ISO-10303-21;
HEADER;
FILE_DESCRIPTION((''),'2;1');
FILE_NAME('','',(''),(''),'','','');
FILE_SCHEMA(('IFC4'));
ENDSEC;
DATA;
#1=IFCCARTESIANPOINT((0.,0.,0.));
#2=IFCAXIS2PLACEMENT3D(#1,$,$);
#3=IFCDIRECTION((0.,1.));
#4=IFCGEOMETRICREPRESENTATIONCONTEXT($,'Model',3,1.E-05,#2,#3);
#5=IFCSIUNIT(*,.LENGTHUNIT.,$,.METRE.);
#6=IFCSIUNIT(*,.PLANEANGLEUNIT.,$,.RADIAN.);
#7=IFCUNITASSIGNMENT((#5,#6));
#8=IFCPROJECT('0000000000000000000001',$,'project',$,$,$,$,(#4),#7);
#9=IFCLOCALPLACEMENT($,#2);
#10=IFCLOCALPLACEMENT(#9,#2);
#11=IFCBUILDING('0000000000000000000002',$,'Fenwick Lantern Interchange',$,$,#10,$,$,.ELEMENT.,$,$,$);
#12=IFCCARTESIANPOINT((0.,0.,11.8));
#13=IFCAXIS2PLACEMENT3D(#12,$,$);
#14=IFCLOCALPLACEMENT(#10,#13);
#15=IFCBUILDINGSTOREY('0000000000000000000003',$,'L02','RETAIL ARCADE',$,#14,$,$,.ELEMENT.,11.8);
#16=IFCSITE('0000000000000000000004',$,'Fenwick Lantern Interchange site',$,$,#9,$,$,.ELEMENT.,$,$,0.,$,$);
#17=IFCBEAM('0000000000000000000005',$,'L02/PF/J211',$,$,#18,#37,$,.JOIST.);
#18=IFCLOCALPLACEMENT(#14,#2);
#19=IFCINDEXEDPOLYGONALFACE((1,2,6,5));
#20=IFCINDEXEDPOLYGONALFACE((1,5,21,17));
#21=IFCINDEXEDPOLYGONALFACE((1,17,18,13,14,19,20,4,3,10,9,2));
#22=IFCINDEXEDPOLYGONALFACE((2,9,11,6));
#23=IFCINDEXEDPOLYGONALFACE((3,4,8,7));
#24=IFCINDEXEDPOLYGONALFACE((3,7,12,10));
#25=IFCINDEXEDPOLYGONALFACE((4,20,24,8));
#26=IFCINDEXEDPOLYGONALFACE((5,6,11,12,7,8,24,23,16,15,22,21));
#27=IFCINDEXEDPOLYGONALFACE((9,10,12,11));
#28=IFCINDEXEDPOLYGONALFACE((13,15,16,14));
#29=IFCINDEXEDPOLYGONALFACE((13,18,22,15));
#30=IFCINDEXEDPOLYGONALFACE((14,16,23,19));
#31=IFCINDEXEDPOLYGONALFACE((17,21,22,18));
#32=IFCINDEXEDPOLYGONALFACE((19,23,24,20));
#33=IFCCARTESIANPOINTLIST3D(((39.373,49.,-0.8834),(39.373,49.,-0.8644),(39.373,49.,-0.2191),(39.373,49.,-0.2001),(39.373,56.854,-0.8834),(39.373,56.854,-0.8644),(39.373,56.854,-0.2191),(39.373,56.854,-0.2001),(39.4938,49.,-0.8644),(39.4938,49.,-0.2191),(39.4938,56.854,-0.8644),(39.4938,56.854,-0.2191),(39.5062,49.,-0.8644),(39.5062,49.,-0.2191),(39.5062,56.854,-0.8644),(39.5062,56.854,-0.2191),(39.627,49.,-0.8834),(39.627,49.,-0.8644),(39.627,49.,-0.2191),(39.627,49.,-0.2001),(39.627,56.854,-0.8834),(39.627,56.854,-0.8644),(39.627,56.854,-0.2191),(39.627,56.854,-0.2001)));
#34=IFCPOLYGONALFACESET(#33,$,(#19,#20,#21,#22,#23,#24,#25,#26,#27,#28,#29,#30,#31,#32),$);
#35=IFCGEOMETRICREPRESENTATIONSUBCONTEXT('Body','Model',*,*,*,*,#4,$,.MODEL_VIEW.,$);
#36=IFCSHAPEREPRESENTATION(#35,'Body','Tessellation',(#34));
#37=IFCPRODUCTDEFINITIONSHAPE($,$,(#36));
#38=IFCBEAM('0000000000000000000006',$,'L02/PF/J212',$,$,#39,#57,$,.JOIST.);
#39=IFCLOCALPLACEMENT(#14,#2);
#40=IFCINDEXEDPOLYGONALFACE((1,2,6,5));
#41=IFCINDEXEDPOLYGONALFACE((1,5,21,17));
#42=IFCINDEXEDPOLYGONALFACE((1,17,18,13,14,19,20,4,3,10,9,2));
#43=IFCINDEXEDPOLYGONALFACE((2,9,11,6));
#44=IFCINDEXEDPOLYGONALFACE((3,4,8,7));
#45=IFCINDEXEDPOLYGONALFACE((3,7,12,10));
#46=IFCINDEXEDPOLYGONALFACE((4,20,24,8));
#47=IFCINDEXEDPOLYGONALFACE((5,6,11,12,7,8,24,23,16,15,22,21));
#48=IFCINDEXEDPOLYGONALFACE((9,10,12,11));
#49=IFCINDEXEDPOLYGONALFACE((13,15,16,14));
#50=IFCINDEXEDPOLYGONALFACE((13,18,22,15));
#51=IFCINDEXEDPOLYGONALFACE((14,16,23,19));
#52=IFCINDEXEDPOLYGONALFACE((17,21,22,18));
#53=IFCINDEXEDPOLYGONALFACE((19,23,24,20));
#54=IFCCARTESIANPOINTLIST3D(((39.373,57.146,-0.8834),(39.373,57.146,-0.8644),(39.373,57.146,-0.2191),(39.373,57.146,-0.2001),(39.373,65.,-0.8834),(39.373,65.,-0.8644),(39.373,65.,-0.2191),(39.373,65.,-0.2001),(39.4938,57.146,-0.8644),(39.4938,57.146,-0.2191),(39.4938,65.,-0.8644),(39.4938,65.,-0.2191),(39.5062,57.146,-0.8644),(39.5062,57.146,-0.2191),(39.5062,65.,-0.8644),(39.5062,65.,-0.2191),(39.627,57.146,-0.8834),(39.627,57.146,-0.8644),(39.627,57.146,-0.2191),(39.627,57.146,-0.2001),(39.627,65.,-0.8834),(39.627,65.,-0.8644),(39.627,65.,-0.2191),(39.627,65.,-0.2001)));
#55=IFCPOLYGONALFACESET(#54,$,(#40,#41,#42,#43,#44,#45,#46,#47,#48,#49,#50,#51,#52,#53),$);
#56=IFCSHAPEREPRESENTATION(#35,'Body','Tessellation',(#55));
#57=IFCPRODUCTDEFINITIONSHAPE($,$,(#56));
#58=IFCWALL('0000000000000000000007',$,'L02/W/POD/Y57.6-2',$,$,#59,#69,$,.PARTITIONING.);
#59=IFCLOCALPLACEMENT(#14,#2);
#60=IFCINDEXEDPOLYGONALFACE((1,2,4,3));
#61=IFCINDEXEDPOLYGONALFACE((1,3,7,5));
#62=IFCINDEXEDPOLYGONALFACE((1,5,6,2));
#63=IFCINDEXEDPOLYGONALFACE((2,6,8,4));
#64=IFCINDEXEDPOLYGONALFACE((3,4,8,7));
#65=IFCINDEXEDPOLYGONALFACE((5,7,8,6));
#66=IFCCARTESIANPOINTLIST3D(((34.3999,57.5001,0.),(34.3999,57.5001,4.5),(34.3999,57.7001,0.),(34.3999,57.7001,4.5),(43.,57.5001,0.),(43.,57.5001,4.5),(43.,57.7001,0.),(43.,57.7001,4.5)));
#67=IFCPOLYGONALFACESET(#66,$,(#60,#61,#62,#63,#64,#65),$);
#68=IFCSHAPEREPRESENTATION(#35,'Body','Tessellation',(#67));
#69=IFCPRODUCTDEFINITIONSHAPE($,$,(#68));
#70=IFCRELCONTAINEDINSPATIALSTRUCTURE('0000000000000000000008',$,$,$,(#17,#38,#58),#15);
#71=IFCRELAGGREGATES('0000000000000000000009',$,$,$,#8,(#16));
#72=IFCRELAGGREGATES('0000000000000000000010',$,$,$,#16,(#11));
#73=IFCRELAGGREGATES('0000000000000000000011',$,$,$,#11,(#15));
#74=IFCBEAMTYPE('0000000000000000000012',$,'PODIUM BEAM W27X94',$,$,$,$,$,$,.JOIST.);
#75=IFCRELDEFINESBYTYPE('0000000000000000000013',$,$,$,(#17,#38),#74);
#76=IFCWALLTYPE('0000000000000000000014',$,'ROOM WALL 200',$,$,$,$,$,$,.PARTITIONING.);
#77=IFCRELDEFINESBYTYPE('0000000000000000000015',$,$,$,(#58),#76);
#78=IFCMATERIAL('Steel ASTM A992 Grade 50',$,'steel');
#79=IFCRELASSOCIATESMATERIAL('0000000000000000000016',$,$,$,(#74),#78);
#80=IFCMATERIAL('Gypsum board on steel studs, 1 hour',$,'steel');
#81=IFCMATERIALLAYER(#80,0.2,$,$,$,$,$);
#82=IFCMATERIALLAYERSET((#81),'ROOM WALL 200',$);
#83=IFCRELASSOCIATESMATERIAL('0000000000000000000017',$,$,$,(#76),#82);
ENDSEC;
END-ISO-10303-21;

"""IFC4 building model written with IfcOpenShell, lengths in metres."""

from ifc_helpers import new_model, si_unit, direction, frame, frame_2d, origin, origin_2d, place, context, subcontext, project, spatial, rectangle, i_section, extrude, material, layer, layer_set, material_profile, profile_set, type_object, element, save


model = new_model("IFC4")

# Units and contexts
model_context = context("Model", 3, precision=1e-05, world=origin(), true_north=direction((0.0, 1.0)))
body_context = subcontext(model_context, "Body", "Model", "MODEL_VIEW")
ifc_project = project(units=[si_unit("LENGTHUNIT", "METRE"), si_unit("PLANEANGLEUNIT", "RADIAN")], contexts=[model_context])

# Site, building, storey
site_placement = place(None, origin())
site = spatial("IfcSite", under=ifc_project, at=site_placement, Name="Fenwick Lantern Interchange site", CompositionType="ELEMENT", RefElevation=0.0)
building_placement = place(site_placement, origin())
building = spatial("IfcBuilding", under=site, at=building_placement, Name="Fenwick Lantern Interchange", CompositionType="ELEMENT")
storey_placement = place(building_placement, frame((0.0, 0.0, 11.8)))
storey = spatial("IfcBuildingStorey", under=building, at=storey_placement, Name="L02", Description="RETAIL ARCADE", CompositionType="ELEMENT", Elevation=11.8)

# Shared definitions
ifc_material_1 = material(Name="Steel ASTM A992 Grade 50", Category="steel")

# Beams
ifc_material_profile_1 = material_profile(ifc_material_1, i_section(OverallWidth=0.2539, OverallDepth=0.6833, WebThickness=0.0125, FlangeThickness=0.019, at=origin_2d()), Name="W27X94")
ifc_profile_set_1 = profile_set([ifc_material_profile_1], Name="Steel ASTM A992 Grade 50")
beam_type_1 = type_object("IfcBeamType", Name="PODIUM BEAM W27X94", PredefinedType="JOIST", material=ifc_profile_set_1)
for number, where, z_axis, x_axis, name in (
    (1, (39.5, 49.0, -0.5417), (0.0, 1.0, 0.0), (-1.0, 0.0, 0.0), "L02/PF/J211"),
    (2, (39.5, 57.146, -0.5417), (0.0, 1.0, 0.0), (-1.0, 0.0, 0.0), "L02/PF/J212"),
):
    element("IfcBeam", number, at=place(storey_placement, frame(where, z_axis=z_axis, x_axis=x_axis)), inside=storey, type_object=beam_type_1, Name=name, PredefinedType="JOIST", context=body_context, shape_type="SweptSolid", body=[
        extrude(i_section(OverallWidth=0.2539, OverallDepth=0.6833, WebThickness=0.0125, FlangeThickness=0.019, at=origin_2d()), origin(), (0.0, 0.0, 1.0), 7.854),
    ])

# Wall
ifc_material_2 = material(Name="Gypsum board on steel studs, 1 hour", Category="steel")
ifc_layer = layer(ifc_material_2, 0.2)
ifc_layer_set = layer_set([ifc_layer], Name="ROOM WALL 200")
wall_type = type_object("IfcWallType", Name="ROOM WALL 200", PredefinedType="PARTITIONING", material=ifc_layer_set)
wall_placement = place(storey_placement, frame((34.3999, 57.6001, 0.0), z_axis=(0.0, 0.0, 1.0), x_axis=(1.0, 0.0, 0.0)))
element("IfcWall", 3, at=wall_placement, inside=storey, type_object=wall_type, Name="L02/W/POD/Y57.6-2", PredefinedType="PARTITIONING", context=body_context, shape_type="SweptSolid", body=[
    extrude(rectangle(XDim=8.6001, YDim=0.2, at=frame_2d((4.3, 0.0))), origin(), (0.0, 0.0, 1.0), 4.5),
])

save(model, "model.ifc")
